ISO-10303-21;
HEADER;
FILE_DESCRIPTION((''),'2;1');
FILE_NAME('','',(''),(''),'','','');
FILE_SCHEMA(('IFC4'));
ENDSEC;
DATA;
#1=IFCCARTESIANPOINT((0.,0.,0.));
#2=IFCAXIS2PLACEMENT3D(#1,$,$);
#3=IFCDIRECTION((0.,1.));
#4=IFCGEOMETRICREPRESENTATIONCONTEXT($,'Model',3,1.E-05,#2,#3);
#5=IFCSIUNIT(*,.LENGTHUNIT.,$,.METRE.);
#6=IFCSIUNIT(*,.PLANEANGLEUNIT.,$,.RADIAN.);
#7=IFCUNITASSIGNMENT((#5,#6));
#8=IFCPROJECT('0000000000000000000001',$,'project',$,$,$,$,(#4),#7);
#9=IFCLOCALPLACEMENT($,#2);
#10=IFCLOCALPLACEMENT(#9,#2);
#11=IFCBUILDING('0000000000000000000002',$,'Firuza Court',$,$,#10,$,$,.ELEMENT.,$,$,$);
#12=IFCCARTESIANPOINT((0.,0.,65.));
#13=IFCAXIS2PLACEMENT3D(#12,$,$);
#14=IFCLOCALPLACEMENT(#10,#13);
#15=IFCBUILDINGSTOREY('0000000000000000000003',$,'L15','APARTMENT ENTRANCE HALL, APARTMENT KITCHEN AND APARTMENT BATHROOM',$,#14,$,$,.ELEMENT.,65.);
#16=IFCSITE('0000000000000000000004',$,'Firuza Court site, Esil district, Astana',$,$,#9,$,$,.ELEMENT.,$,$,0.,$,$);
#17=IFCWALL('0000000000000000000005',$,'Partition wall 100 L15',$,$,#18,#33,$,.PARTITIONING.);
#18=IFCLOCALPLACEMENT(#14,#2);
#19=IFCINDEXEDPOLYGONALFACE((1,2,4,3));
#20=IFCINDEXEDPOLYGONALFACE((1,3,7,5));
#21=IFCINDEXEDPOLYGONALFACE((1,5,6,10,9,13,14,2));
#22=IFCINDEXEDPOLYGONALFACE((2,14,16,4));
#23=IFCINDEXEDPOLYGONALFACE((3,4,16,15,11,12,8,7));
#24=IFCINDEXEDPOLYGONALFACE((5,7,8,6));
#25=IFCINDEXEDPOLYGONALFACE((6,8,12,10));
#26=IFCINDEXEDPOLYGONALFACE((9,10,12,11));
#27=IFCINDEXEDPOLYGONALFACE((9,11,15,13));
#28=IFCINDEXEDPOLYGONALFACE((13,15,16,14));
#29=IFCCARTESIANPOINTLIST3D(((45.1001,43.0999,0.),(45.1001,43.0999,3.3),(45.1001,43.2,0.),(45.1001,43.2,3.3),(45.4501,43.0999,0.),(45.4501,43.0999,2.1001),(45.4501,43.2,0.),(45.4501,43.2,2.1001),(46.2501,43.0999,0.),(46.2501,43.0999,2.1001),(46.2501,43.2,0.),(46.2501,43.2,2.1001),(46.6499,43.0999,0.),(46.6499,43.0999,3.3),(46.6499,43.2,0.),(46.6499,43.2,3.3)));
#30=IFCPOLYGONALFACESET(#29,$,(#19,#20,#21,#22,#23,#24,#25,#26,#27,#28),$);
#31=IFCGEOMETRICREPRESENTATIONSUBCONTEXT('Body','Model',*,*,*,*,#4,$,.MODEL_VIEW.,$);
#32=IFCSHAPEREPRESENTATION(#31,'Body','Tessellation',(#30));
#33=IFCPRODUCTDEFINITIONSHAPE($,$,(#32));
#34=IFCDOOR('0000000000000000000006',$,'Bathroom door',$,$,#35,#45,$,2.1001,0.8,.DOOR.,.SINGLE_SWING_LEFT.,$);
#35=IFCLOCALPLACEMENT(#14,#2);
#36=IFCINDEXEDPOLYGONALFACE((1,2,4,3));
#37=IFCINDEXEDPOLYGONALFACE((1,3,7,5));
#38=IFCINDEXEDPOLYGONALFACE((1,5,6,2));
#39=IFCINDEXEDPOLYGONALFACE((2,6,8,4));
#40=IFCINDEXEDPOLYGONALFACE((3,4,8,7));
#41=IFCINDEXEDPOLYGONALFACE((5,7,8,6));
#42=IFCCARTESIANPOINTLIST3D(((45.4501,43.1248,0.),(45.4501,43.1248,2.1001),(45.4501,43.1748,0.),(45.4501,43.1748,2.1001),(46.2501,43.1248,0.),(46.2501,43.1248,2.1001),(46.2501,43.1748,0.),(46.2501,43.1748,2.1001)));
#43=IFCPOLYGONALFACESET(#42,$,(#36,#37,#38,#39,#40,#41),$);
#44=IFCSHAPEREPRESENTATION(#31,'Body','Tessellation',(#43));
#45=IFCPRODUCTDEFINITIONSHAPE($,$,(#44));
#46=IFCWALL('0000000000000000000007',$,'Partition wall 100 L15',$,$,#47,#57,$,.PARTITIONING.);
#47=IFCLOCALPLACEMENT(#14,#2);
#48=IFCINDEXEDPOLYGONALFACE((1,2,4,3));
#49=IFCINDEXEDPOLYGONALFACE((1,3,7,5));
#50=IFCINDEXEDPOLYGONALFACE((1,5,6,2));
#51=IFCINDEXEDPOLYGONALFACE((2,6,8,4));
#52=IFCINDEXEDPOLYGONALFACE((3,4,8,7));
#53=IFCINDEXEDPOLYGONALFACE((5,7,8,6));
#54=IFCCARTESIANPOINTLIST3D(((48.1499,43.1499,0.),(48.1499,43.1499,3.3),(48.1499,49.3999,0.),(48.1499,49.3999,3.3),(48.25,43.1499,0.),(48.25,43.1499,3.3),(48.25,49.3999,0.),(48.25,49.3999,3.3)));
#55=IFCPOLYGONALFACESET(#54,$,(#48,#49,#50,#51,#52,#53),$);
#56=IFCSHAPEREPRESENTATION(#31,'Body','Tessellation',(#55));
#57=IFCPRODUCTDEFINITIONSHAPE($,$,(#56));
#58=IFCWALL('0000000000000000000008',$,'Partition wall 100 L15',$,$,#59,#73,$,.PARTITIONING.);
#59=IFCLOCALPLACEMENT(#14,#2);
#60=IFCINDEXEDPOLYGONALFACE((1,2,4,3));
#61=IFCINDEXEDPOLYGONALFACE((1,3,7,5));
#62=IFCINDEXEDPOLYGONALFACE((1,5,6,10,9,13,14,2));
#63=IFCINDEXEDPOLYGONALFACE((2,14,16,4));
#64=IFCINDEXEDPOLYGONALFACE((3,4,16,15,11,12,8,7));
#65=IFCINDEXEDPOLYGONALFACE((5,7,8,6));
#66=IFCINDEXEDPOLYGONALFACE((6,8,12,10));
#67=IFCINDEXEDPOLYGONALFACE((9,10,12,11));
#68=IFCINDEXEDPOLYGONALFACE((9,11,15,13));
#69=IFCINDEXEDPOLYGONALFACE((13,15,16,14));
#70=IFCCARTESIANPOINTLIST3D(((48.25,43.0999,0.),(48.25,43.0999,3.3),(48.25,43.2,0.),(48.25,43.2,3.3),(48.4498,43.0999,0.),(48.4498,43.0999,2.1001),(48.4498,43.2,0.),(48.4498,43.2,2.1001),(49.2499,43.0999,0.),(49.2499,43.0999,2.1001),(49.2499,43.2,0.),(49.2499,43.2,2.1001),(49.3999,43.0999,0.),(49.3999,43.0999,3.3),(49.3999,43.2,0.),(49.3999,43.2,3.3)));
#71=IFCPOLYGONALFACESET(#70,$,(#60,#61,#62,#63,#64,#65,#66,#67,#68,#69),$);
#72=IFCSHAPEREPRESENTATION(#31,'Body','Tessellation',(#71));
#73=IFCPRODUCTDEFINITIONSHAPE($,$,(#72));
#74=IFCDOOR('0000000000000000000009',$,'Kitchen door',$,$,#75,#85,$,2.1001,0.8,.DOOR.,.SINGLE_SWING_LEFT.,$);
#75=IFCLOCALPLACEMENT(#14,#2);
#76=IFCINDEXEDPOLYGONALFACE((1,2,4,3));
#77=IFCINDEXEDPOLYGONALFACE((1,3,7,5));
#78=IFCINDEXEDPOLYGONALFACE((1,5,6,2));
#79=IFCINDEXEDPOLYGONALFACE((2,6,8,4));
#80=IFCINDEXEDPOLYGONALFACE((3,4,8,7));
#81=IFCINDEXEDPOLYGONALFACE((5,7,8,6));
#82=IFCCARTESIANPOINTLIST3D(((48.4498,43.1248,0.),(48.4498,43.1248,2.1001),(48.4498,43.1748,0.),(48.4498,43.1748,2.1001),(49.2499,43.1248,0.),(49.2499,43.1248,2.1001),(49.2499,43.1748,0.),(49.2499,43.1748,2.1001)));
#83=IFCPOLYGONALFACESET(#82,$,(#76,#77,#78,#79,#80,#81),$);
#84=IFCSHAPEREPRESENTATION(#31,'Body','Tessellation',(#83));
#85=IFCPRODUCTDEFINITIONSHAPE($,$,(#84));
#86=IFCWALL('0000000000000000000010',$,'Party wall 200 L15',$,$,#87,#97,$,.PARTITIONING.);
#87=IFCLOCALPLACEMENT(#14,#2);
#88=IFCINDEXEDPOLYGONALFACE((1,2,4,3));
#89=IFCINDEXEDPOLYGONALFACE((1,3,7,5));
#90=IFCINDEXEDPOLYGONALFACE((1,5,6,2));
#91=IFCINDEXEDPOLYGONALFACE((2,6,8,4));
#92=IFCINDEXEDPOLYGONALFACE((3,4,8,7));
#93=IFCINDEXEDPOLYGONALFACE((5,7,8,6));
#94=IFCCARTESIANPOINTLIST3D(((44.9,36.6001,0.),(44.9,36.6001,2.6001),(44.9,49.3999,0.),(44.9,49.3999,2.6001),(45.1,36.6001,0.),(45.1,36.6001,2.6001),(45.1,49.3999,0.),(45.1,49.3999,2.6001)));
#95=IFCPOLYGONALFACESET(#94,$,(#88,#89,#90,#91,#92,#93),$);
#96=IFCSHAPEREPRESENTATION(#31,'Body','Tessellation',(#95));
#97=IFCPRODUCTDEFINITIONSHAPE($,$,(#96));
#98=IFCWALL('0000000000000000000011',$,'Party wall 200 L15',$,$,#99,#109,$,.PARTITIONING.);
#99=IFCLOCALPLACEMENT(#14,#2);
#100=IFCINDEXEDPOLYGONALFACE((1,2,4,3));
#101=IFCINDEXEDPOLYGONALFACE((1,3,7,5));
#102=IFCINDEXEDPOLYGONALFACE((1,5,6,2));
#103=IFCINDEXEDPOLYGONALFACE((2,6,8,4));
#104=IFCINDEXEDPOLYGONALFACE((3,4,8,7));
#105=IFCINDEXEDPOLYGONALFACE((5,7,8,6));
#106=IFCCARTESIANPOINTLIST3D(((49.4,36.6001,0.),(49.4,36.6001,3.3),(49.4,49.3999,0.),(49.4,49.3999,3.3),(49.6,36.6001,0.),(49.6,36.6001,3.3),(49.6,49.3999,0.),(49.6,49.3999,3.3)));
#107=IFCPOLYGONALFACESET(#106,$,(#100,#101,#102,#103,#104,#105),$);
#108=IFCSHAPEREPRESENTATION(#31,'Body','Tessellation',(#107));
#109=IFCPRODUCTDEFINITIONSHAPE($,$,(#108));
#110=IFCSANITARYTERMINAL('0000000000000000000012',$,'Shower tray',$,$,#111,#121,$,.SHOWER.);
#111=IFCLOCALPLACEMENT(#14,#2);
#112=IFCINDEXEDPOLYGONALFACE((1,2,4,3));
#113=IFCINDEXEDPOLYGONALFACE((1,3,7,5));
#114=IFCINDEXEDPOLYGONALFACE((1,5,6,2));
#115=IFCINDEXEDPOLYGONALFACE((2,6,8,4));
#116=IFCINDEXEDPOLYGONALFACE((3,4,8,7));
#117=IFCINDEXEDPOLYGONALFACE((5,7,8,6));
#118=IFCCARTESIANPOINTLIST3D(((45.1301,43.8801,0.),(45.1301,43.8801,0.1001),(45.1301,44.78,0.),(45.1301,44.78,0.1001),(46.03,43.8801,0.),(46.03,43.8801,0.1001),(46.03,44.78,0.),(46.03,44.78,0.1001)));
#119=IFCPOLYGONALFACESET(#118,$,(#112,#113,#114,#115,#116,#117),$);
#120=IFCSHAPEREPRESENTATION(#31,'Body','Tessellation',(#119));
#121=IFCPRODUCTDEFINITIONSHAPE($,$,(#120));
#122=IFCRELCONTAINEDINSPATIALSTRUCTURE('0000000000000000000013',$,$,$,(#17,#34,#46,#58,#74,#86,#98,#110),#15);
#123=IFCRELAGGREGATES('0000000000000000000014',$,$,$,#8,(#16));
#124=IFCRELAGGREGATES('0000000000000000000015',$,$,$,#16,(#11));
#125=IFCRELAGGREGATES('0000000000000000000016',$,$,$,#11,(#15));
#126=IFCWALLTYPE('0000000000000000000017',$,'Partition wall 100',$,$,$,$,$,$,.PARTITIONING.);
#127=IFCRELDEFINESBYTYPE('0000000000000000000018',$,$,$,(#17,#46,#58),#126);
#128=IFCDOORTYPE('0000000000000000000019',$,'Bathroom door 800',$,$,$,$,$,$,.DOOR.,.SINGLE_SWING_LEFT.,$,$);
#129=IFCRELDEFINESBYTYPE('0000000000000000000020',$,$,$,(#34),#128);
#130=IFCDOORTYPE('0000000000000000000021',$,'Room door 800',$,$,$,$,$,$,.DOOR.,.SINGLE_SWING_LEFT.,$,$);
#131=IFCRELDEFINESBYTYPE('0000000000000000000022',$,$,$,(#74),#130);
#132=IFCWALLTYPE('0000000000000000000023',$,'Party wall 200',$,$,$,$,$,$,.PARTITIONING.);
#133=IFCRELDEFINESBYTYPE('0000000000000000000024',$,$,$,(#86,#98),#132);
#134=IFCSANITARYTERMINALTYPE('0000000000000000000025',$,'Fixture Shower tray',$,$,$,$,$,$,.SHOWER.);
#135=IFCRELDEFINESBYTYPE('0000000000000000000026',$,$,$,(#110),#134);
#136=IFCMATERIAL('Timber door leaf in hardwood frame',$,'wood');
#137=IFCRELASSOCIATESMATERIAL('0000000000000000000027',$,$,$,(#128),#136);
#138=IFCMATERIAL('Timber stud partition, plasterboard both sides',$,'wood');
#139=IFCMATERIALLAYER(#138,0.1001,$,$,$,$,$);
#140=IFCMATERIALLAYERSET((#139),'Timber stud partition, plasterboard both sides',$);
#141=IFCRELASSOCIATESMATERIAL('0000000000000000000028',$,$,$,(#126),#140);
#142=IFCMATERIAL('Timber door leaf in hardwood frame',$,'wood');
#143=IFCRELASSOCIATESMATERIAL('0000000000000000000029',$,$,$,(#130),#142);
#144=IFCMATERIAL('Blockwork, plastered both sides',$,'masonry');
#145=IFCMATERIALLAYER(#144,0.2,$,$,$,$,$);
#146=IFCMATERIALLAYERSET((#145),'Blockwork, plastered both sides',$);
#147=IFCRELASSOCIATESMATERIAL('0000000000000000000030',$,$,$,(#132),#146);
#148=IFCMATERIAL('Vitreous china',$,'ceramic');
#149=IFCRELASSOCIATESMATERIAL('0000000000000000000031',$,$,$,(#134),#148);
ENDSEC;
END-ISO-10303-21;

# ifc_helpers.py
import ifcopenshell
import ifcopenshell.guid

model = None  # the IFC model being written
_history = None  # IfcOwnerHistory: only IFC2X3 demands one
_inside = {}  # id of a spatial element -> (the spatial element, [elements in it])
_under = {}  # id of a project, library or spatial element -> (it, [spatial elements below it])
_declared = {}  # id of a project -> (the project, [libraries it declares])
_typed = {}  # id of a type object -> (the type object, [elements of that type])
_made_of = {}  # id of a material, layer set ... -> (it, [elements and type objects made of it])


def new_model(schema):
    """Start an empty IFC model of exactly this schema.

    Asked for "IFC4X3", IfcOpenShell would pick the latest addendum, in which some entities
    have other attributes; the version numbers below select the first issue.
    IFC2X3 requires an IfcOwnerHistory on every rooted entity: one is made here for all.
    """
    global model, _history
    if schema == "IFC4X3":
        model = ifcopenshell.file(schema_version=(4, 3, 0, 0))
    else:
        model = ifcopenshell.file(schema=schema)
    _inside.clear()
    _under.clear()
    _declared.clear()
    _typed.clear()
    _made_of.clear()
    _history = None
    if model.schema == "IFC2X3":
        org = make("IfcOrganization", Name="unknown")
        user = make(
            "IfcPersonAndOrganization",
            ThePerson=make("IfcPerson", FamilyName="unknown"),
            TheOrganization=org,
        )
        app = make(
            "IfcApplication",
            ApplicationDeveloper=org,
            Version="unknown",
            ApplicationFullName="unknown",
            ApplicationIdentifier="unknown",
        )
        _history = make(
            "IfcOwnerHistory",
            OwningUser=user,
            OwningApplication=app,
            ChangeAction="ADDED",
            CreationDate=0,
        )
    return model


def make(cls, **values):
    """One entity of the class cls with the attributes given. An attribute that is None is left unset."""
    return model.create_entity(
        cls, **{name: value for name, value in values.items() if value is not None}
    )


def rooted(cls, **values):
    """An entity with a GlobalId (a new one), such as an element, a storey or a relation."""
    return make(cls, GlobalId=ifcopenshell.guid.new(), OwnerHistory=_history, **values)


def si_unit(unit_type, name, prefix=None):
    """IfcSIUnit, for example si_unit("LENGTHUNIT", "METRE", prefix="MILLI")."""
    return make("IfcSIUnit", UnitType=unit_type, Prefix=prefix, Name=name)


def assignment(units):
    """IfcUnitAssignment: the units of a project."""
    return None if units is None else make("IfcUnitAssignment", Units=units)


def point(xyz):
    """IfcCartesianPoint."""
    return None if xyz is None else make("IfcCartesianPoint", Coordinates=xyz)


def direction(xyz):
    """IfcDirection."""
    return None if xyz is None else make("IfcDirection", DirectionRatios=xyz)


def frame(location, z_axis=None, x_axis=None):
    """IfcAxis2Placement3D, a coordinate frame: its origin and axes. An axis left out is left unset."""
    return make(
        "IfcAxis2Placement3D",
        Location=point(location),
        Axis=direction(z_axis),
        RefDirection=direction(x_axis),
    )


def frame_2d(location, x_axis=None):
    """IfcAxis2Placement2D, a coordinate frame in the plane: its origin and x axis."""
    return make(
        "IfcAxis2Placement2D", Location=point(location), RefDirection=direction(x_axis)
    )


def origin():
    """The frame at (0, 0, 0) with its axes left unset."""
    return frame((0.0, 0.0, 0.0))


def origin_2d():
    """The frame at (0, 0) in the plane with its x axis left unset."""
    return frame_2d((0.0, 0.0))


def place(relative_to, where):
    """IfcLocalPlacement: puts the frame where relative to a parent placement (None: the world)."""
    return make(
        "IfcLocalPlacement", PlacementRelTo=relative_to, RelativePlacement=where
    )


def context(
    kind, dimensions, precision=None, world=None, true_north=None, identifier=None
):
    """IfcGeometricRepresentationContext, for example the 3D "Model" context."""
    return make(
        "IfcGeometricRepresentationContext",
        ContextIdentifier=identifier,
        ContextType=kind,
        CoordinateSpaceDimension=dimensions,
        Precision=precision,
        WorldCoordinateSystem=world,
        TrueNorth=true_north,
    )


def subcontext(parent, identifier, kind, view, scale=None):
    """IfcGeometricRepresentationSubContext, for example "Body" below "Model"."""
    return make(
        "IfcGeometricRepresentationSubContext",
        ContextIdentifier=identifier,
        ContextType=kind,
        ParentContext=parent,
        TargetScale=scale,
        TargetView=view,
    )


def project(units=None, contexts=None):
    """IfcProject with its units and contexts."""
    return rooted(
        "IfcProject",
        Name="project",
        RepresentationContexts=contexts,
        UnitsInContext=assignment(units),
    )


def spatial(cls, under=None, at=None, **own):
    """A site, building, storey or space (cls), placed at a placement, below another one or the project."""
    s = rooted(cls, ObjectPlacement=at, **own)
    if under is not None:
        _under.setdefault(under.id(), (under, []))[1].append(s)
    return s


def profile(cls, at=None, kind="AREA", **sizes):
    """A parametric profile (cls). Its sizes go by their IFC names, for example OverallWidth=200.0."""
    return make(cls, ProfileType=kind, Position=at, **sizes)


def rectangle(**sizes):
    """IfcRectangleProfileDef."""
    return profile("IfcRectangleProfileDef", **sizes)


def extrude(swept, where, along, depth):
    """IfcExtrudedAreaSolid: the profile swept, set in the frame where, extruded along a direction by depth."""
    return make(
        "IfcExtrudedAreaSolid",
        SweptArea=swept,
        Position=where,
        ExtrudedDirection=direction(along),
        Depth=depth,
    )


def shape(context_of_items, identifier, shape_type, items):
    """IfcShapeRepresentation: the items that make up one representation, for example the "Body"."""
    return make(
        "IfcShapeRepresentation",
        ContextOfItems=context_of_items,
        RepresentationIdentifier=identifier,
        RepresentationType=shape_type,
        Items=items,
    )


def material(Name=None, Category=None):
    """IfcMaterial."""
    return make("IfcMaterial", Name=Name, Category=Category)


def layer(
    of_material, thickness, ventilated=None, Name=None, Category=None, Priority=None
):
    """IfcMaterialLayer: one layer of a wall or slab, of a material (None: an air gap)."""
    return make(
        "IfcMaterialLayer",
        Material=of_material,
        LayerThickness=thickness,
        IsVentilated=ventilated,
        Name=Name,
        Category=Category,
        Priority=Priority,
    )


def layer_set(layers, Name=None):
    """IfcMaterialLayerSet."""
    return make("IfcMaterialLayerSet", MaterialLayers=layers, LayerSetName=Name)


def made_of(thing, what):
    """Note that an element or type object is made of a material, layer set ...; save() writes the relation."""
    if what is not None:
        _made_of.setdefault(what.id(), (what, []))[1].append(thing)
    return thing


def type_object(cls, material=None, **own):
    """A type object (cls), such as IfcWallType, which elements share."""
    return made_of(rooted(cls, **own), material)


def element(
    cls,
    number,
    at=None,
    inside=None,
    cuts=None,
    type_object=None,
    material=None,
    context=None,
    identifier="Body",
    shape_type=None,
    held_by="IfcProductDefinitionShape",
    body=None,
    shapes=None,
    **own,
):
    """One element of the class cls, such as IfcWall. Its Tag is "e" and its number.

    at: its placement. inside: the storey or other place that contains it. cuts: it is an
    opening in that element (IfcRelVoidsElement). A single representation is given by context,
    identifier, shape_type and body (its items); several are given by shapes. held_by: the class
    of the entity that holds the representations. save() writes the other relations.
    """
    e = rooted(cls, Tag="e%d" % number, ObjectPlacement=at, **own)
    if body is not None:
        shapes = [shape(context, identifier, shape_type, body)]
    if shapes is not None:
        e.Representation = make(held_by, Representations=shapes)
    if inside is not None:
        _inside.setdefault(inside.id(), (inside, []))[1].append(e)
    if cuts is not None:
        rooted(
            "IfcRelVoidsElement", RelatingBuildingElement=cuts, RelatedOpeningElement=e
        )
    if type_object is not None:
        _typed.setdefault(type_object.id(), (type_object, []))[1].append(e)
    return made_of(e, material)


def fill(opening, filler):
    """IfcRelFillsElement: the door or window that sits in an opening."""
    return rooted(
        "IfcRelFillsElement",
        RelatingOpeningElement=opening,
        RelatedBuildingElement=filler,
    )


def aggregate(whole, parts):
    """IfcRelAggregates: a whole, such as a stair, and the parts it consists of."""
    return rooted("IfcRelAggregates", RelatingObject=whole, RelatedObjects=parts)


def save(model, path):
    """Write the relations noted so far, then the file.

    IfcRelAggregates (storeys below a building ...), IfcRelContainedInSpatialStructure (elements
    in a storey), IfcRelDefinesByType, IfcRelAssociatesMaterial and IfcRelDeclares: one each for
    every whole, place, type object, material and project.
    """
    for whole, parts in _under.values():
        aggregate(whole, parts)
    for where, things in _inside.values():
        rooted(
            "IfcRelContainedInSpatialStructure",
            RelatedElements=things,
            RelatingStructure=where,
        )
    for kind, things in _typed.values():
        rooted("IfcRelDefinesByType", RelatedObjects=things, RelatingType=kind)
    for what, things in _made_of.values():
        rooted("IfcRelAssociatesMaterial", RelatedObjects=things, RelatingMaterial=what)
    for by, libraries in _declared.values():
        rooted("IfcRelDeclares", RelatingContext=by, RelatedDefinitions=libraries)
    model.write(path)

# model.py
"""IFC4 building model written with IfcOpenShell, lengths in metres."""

from ifc_helpers import new_model, si_unit, direction, frame, frame_2d, origin, origin_2d, place, context, subcontext, project, spatial, rectangle, extrude, material, layer, layer_set, type_object, element, fill, save


model = new_model("IFC4")

# Units and contexts
model_context = context("Model", 3, precision=1e-05, world=origin(), true_north=direction((0.0, 1.0)))
body_context = subcontext(model_context, "Body", "Model", "MODEL_VIEW")
ifc_project = project(units=[si_unit("LENGTHUNIT", "METRE"), si_unit("PLANEANGLEUNIT", "RADIAN")], contexts=[model_context])

# Site, building, storey
site_placement = place(None, origin())
site = spatial("IfcSite", under=ifc_project, at=site_placement, Name="Firuza Court site, Esil district, Astana", CompositionType="ELEMENT", RefElevation=0.0)
building_placement = place(site_placement, origin())
building = spatial("IfcBuilding", under=site, at=building_placement, Name="Firuza Court", CompositionType="ELEMENT")
storey_placement = place(building_placement, frame((0.0, 0.0, 65.0)))
storey = spatial("IfcBuildingStorey", under=building, at=storey_placement, Name="L15", Description="APARTMENT ENTRANCE HALL, APARTMENT KITCHEN AND APARTMENT BATHROOM", CompositionType="ELEMENT", Elevation=65.0)

# Shared definitions
ifc_material_1 = material(Name="Timber door leaf in hardwood frame", Category="wood")
door_type_1 = type_object("IfcDoorType", Name="Bathroom door 800", OperationType="SINGLE_SWING_LEFT", PredefinedType="DOOR", material=ifc_material_1)

# Shared definitions
ifc_material_2 = material(Name="Timber stud partition, plasterboard both sides", Category="wood")
ifc_layer_1 = layer(ifc_material_2, 0.1001)
ifc_layer_set_1 = layer_set([ifc_layer_1], Name="Timber stud partition, plasterboard both sides")
wall_type_1 = type_object("IfcWallType", Name="Partition wall 100", PredefinedType="PARTITIONING", material=ifc_layer_set_1)

# Wall, opening, door
wall_1_placement = place(storey_placement, frame((45.1001, 43.1499, 0.0), z_axis=(0.0, 0.0, 1.0), x_axis=(1.0, 0.0, 0.0)))
wall_1 = element("IfcWall", 1, at=wall_1_placement, inside=storey, type_object=wall_type_1, Name="Partition wall 100 L15", PredefinedType="PARTITIONING", context=body_context, shape_type="SweptSolid", body=[
    extrude(rectangle(XDim=1.5498, YDim=0.1001, at=frame_2d((0.7749, 0.0))), origin(), (0.0, 0.0, 1.0), 3.3),
])
opening_1_placement = place(wall_1_placement, frame((0.3501, 0.0, 0.0)))
opening_1 = element("IfcOpeningElement", 2, at=opening_1_placement, cuts=wall_1, PredefinedType="OPENING", context=body_context, shape_type="SweptSolid", body=[
    extrude(rectangle(XDim=0.8, YDim=2.1001, at=frame_2d((0.3999, 1.05))), frame((0.0, 0.062, 0.0), z_axis=(0.0, -1.0, 0.0), x_axis=(1.0, 0.0, 0.0)), (0.0, 0.0, 1.0), 0.124),
])
door_1_placement = place(opening_1_placement, origin())
door_1 = element("IfcDoor", 3, at=door_1_placement, inside=storey, type_object=door_type_1, Name="Bathroom door", OperationType="SINGLE_SWING_LEFT", OverallHeight=2.1001, OverallWidth=0.8, PredefinedType="DOOR", context=body_context, shape_type="SweptSolid", body=[
    extrude(rectangle(XDim=0.8, YDim=2.1001, at=frame_2d((0.3999, 1.05))), frame((0.0, 0.0249, 0.0), z_axis=(0.0, -1.0, 0.0), x_axis=(1.0, 0.0, 0.0)), (0.0, 0.0, 1.0), 0.05),
])
fill(opening_1, door_1)

# Wall
wall_2_placement = place(storey_placement, frame((48.2, 43.1499, 0.0), z_axis=(0.0, 0.0, 1.0), x_axis=(0.0, 1.0, 0.0)))
element("IfcWall", 4, at=wall_2_placement, inside=storey, type_object=wall_type_1, Name="Partition wall 100 L15", PredefinedType="PARTITIONING", context=body_context, shape_type="SweptSolid", body=[
    extrude(rectangle(XDim=6.25, YDim=0.1001, at=frame_2d((3.125, 0.0))), origin(), (0.0, 0.0, 1.0), 3.3),
])

# Wall, opening, door
wall_3_placement = place(storey_placement, frame((48.25, 43.1499, 0.0), z_axis=(0.0, 0.0, 1.0), x_axis=(1.0, 0.0, 0.0)))
wall_3 = element("IfcWall", 5, at=wall_3_placement, inside=storey, type_object=wall_type_1, Name="Partition wall 100 L15", PredefinedType="PARTITIONING", context=body_context, shape_type="SweptSolid", body=[
    extrude(rectangle(XDim=1.1499, YDim=0.1001, at=frame_2d((0.575, 0.0))), origin(), (0.0, 0.0, 1.0), 3.3),
])
opening_2_placement = place(wall_3_placement, frame((0.2, 0.0, 0.0)))
opening_2 = element("IfcOpeningElement", 6, at=opening_2_placement, cuts=wall_3, PredefinedType="OPENING", context=body_context, shape_type="SweptSolid", body=[
    extrude(rectangle(XDim=0.8, YDim=2.1001, at=frame_2d((0.3999, 1.05))), frame((0.0, 0.062, 0.0), z_axis=(0.0, -1.0, 0.0), x_axis=(1.0, 0.0, 0.0)), (0.0, 0.0, 1.0), 0.124),
])
ifc_material_3 = material(Name="Timber door leaf in hardwood frame", Category="wood")
door_type_2 = type_object("IfcDoorType", Name="Room door 800", OperationType="SINGLE_SWING_LEFT", PredefinedType="DOOR", material=ifc_material_3)
door_2_placement = place(opening_2_placement, origin())
door_2 = element("IfcDoor", 7, at=door_2_placement, inside=storey, type_object=door_type_2, Name="Kitchen door", OperationType="SINGLE_SWING_LEFT", OverallHeight=2.1001, OverallWidth=0.8, PredefinedType="DOOR", context=body_context, shape_type="SweptSolid", body=[
    extrude(rectangle(XDim=0.8, YDim=2.1001, at=frame_2d((0.3999, 1.05))), frame((0.0, 0.0249, 0.0), z_axis=(0.0, -1.0, 0.0), x_axis=(1.0, 0.0, 0.0)), (0.0, 0.0, 1.0), 0.05),
])
fill(opening_2, door_2)

# Walls
ifc_material_4 = material(Name="Blockwork, plastered both sides", Category="masonry")
ifc_layer_2 = layer(ifc_material_4, 0.2)
ifc_layer_set_2 = layer_set([ifc_layer_2], Name="Blockwork, plastered both sides")
wall_type_2 = type_object("IfcWallType", Name="Party wall 200", PredefinedType="PARTITIONING", material=ifc_layer_set_2)
wall_4_placement = place(storey_placement, frame((45.0, 36.6001, 0.0), z_axis=(0.0, 0.0, 1.0), x_axis=(0.0, 1.0, 0.0)))
element("IfcWall", 8, at=wall_4_placement, inside=storey, type_object=wall_type_2, Name="Party wall 200 L15", PredefinedType="PARTITIONING", context=body_context, shape_type="SweptSolid", body=[
    extrude(rectangle(XDim=12.7998, YDim=0.2, at=frame_2d((6.3999, 0.0))), origin(), (0.0, 0.0, 1.0), 2.6001),
])
wall_5_placement = place(storey_placement, frame((49.5, 36.6001, 0.0), z_axis=(0.0, 0.0, 1.0), x_axis=(0.0, 1.0, 0.0)))
element("IfcWall", 9, at=wall_5_placement, inside=storey, type_object=wall_type_2, Name="Party wall 200 L15", PredefinedType="PARTITIONING", context=body_context, shape_type="SweptSolid", body=[
    extrude(rectangle(XDim=12.7998, YDim=0.2, at=frame_2d((6.3999, 0.0))), origin(), (0.0, 0.0, 1.0), 3.3),
])

# Sanitary terminal
ifc_material_5 = material(Name="Vitreous china", Category="ceramic")
sanitary_terminal_type = type_object("IfcSanitaryTerminalType", Name="Fixture Shower tray", PredefinedType="SHOWER", material=ifc_material_5)
sanitary_terminal_placement = place(storey_placement, frame((45.5801, 44.3301, 0.0), z_axis=(0.0, 0.0, 1.0), x_axis=(1.0, 0.0, 0.0)))
element("IfcSanitaryTerminal", 10, at=sanitary_terminal_placement, inside=storey, type_object=sanitary_terminal_type, Name="Shower tray", PredefinedType="SHOWER", context=body_context, shape_type="SweptSolid", body=[
    extrude(rectangle(XDim=0.8999, YDim=0.8999, at=origin_2d()), origin(), (0.0, 0.0, 1.0), 0.1001),
])

save(model, "model.ifc")
